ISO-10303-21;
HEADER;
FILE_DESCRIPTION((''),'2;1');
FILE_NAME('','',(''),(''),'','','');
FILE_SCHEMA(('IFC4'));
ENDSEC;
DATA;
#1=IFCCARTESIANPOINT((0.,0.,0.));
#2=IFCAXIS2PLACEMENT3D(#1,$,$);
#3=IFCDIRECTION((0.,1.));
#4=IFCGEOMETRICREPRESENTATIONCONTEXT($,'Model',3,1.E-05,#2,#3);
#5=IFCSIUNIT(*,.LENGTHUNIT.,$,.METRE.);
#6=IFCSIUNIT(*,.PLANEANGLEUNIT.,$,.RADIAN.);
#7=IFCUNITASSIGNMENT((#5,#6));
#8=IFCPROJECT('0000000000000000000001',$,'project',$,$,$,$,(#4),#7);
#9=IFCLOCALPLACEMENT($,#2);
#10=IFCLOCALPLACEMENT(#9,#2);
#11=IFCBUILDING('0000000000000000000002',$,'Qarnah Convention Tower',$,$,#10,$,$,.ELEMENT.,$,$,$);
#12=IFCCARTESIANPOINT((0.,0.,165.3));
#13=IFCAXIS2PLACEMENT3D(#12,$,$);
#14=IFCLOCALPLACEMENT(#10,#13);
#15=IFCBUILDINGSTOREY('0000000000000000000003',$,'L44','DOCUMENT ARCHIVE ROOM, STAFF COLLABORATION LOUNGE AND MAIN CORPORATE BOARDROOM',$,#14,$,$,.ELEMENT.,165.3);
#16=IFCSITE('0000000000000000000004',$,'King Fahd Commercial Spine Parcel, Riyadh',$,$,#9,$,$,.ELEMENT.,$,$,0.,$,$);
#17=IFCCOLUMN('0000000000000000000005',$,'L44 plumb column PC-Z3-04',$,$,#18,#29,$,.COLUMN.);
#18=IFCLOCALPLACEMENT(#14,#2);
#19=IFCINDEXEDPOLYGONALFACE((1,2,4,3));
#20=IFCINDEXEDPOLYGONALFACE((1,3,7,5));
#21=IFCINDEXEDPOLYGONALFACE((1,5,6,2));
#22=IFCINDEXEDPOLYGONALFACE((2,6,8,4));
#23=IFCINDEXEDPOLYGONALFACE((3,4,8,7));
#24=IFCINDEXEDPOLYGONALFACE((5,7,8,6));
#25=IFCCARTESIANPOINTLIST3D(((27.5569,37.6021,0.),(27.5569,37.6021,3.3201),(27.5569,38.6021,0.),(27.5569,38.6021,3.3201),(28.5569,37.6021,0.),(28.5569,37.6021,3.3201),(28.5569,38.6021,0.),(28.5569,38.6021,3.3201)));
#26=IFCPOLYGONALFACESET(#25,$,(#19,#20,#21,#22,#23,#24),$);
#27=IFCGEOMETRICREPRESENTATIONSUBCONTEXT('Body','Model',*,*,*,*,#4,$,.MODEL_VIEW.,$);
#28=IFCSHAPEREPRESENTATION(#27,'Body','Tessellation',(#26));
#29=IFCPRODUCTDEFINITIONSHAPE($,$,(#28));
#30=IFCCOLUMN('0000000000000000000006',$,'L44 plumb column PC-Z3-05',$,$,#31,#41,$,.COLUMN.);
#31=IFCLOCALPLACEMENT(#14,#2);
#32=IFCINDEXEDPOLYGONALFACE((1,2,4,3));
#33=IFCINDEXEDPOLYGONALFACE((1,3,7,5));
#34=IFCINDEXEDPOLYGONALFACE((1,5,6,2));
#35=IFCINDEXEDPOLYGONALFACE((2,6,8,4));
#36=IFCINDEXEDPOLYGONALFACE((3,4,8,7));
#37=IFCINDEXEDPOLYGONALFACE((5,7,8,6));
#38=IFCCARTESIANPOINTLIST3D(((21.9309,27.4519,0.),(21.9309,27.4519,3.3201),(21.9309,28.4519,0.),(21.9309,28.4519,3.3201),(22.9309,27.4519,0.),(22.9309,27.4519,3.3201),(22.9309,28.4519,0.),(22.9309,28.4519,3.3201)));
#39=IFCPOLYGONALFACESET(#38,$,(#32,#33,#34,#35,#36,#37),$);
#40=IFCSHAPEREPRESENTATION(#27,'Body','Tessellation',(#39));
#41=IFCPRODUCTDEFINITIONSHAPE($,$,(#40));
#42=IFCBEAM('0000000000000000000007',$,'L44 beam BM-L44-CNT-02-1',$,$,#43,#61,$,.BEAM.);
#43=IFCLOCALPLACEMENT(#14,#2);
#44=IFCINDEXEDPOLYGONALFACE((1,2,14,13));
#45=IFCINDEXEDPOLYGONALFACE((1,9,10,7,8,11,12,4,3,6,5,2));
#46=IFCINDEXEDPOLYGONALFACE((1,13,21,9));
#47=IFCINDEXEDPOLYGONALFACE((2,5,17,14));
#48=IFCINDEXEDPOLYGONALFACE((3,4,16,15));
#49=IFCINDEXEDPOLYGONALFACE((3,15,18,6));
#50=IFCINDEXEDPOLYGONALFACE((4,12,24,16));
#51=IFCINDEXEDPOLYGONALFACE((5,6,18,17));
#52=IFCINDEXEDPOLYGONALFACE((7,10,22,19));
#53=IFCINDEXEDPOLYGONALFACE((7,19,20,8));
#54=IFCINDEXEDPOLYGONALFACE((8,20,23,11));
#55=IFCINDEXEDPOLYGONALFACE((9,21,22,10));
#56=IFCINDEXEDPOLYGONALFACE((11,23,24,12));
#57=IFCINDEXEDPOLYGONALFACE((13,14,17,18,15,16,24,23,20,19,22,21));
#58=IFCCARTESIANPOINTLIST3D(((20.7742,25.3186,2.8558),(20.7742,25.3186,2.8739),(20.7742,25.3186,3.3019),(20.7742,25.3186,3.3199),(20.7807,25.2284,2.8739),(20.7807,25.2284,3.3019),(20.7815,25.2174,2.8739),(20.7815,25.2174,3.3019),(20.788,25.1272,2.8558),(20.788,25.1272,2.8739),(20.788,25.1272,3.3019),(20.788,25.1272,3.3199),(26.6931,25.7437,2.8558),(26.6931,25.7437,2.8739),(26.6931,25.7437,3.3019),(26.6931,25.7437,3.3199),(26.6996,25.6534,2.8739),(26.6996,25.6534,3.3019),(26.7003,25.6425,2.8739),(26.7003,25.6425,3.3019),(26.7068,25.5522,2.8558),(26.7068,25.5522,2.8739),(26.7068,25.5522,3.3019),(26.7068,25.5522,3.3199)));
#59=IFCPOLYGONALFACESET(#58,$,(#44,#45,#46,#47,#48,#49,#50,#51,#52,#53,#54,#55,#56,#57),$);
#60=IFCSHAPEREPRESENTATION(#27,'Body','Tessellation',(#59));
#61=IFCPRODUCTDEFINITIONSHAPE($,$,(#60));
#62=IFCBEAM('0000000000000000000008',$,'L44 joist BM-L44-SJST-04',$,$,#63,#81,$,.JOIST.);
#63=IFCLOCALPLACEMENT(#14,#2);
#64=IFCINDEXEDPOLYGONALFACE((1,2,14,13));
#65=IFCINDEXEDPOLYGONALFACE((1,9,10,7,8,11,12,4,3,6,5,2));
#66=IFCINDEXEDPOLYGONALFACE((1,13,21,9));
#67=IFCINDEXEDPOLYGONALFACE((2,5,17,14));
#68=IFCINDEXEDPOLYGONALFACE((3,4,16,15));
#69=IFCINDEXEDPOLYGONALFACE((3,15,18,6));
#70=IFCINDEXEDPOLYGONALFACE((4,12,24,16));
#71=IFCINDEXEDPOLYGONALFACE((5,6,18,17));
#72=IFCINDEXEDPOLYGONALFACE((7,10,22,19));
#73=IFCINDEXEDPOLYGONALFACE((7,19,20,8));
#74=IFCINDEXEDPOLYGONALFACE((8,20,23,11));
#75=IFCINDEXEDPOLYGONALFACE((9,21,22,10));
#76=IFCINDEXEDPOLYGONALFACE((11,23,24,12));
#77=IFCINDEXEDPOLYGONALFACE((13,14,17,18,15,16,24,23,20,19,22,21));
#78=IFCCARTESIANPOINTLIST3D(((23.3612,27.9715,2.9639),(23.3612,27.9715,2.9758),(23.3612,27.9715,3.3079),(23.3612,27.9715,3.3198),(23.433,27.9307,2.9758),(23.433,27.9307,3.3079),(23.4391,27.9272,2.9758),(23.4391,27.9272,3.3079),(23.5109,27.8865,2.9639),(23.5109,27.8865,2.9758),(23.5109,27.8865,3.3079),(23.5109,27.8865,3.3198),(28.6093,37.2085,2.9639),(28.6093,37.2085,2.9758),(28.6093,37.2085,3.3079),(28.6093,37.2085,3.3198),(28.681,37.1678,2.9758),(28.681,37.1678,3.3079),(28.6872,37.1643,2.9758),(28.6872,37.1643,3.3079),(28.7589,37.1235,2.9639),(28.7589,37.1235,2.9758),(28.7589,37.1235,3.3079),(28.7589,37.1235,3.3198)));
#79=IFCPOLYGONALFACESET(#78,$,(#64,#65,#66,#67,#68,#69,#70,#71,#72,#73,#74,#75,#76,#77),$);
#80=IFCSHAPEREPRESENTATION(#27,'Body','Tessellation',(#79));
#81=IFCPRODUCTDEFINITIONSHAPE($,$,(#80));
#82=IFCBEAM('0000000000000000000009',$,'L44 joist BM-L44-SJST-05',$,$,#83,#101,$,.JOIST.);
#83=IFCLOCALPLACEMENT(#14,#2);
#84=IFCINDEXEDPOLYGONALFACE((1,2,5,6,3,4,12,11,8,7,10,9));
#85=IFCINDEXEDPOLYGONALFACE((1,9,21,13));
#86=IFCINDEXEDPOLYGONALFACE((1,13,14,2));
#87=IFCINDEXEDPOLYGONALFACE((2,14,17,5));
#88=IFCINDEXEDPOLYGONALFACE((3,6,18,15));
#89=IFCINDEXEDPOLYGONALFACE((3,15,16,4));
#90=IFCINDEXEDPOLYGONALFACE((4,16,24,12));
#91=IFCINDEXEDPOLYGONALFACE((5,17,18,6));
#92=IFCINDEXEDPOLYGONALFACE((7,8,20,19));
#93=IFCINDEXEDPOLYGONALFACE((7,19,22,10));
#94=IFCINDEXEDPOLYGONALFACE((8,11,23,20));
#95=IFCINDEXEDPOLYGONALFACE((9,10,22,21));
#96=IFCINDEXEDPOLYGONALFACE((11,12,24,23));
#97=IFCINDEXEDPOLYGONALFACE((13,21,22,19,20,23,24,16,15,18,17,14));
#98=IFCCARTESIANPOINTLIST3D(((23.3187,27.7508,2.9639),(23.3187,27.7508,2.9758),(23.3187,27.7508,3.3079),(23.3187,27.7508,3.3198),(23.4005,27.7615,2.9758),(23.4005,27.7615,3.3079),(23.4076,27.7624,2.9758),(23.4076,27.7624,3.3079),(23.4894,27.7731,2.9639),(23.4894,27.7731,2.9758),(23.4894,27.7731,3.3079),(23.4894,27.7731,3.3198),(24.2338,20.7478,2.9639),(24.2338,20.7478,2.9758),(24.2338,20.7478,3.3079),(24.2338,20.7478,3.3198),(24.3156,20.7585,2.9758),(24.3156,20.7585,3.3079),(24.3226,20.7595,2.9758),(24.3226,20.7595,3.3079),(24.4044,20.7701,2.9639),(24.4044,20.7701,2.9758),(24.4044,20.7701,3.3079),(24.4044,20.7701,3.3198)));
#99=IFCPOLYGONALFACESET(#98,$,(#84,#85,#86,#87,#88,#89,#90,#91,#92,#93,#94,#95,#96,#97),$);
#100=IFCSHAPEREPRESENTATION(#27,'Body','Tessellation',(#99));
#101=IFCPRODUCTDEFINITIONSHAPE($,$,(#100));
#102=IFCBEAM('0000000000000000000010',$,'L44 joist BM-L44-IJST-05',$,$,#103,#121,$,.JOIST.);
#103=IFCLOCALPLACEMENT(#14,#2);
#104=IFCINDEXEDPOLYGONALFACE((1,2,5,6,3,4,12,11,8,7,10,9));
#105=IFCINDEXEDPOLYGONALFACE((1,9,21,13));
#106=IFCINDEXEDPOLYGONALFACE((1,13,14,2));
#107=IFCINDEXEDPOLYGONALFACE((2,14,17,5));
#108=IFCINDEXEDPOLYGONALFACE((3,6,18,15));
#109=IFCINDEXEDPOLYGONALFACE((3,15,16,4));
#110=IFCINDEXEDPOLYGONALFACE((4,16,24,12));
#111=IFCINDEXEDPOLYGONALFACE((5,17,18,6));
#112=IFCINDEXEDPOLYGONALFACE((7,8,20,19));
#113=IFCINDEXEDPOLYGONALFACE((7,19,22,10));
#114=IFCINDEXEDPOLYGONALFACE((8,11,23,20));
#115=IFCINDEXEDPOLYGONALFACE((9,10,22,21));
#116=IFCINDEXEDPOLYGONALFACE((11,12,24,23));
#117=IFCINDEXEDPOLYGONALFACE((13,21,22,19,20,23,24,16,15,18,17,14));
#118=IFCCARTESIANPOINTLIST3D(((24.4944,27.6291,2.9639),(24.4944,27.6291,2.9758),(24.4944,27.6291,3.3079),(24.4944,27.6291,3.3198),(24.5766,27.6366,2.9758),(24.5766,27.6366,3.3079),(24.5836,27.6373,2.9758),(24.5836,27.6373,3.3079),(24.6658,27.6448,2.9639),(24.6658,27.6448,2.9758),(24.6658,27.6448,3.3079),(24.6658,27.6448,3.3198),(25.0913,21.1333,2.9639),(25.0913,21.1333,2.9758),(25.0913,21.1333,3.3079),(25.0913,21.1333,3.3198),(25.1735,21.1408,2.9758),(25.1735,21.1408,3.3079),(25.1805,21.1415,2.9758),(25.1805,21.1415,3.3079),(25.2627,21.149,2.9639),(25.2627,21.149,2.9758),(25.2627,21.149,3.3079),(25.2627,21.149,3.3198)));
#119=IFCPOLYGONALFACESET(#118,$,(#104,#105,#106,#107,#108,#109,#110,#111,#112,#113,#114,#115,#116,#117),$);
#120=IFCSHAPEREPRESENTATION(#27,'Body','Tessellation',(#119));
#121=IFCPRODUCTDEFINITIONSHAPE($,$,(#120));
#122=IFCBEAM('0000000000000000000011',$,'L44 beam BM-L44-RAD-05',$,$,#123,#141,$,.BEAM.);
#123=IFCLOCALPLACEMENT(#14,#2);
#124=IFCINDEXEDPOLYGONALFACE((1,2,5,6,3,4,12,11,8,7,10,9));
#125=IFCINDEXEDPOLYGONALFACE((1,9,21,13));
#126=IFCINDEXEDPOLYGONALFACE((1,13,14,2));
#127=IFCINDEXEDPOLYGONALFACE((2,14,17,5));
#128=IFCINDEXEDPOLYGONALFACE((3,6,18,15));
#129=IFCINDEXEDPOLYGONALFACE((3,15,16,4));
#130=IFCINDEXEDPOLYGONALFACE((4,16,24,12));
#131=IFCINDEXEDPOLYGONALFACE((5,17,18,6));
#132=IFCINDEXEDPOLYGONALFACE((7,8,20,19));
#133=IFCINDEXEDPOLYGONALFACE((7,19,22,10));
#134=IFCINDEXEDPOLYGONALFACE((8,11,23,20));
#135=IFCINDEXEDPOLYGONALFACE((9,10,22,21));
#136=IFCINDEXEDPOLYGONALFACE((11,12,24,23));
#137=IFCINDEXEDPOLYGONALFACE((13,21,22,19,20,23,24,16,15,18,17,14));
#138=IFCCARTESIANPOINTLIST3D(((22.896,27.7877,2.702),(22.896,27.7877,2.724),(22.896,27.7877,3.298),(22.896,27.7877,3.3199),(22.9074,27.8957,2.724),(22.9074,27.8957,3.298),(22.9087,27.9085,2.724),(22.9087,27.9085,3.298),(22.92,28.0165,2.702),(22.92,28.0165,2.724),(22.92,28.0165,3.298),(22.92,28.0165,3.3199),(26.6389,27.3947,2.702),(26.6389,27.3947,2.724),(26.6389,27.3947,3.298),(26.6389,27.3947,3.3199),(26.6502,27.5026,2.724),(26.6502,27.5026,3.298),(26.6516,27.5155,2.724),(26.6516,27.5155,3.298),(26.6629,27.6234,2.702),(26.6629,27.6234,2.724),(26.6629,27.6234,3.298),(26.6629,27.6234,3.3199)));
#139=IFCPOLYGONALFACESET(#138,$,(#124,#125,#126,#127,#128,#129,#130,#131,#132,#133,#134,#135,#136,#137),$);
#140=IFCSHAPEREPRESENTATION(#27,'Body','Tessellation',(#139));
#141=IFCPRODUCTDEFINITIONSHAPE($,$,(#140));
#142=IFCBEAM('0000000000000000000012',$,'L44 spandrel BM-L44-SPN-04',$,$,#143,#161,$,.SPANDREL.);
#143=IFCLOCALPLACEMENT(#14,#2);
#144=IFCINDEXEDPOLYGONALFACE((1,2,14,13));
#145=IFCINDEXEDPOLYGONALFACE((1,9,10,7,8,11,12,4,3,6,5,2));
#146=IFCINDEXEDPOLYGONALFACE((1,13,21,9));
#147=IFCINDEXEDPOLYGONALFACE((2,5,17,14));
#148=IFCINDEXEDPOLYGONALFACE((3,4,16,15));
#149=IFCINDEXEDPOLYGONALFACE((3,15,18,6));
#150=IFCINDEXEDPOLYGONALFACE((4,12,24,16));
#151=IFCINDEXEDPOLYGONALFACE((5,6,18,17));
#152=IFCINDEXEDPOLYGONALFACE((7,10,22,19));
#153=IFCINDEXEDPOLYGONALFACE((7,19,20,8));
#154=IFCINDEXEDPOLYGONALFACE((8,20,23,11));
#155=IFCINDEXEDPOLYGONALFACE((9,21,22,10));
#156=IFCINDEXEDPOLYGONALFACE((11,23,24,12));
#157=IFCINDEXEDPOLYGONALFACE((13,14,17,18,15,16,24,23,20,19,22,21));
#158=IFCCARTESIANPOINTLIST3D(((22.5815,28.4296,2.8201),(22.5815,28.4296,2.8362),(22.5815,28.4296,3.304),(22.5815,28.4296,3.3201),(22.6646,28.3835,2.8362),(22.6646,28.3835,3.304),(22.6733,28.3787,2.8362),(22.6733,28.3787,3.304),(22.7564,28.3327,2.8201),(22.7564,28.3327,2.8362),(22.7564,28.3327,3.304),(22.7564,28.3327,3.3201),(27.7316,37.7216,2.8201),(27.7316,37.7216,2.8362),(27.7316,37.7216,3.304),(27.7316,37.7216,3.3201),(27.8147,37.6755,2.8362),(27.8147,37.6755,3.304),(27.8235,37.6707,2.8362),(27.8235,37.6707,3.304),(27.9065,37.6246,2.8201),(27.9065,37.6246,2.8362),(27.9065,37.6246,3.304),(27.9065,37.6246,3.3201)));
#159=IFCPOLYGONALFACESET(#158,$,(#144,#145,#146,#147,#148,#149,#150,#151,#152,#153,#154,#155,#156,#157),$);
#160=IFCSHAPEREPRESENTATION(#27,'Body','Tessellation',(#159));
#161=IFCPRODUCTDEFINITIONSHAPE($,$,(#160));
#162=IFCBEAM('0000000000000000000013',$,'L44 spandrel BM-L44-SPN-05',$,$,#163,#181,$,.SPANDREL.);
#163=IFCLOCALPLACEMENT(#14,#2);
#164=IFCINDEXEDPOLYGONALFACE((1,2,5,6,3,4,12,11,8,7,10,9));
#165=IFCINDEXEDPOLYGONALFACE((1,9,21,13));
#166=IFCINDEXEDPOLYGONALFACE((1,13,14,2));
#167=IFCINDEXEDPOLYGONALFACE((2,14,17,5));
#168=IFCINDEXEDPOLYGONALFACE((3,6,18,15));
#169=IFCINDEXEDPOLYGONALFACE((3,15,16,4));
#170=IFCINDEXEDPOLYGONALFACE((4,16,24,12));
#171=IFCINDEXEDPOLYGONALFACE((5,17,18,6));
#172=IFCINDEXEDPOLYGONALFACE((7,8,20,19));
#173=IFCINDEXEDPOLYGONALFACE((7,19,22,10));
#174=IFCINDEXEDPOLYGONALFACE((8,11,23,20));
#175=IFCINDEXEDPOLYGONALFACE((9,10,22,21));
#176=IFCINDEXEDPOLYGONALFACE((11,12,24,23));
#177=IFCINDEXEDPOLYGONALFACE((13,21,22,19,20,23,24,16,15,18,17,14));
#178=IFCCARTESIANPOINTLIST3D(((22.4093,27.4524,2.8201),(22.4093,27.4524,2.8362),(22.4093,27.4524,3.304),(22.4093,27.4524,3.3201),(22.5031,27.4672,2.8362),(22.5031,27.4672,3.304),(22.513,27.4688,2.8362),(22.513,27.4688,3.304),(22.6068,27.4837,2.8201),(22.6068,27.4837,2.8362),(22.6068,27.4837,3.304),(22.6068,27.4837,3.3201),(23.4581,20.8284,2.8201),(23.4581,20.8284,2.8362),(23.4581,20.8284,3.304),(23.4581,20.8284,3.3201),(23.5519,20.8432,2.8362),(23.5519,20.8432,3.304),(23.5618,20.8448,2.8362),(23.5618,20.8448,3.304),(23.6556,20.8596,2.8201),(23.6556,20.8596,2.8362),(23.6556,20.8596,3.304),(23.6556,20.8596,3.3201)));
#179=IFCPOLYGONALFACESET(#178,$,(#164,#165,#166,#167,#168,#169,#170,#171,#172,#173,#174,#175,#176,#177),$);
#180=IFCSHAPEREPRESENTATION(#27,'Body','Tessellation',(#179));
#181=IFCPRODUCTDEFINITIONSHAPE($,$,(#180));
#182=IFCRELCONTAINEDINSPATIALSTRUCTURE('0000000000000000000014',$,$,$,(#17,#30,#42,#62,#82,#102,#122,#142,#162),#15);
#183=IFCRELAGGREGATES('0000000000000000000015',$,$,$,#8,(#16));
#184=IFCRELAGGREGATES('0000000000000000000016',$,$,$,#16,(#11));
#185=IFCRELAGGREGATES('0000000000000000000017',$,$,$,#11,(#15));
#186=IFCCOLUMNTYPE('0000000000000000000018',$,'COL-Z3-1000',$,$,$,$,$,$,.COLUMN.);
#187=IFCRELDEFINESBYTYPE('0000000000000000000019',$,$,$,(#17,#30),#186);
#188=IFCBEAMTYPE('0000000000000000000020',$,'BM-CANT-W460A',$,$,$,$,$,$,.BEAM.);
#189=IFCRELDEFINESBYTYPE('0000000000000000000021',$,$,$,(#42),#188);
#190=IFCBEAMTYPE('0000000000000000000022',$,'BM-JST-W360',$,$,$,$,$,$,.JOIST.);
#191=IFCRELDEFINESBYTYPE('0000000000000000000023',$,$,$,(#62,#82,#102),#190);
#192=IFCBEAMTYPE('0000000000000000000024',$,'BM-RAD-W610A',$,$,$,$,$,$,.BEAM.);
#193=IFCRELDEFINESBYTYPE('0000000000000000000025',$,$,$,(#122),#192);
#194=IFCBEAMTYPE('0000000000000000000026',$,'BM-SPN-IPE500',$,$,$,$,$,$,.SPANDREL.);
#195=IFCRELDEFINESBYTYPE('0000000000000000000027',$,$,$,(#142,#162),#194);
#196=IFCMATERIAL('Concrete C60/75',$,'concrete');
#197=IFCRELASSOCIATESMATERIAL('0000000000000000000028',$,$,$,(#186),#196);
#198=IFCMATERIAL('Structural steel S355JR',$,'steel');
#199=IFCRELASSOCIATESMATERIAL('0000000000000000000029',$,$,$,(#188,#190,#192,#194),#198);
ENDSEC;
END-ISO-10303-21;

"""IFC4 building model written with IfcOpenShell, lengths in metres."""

from ifc_helpers import new_model, si_unit, direction, frame, origin, origin_2d, place, context, subcontext, project, spatial, rectangle, i_section, extrude, material, material_profile, profile_set, type_object, element, save


model = new_model("IFC4")

# Units and contexts
model_context = context("Model", 3, precision=1e-05, world=origin(), true_north=direction((0.0, 1.0)))
body_context = subcontext(model_context, "Body", "Model", "MODEL_VIEW")
ifc_project = project(units=[si_unit("LENGTHUNIT", "METRE"), si_unit("PLANEANGLEUNIT", "RADIAN")], contexts=[model_context])

# Site, building, storey
site_placement = place(None, origin())
site = spatial("IfcSite", under=ifc_project, at=site_placement, Name="King Fahd Commercial Spine Parcel, Riyadh", CompositionType="ELEMENT", RefElevation=0.0)
building_placement = place(site_placement, origin())
building = spatial("IfcBuilding", under=site, at=building_placement, Name="Qarnah Convention Tower", CompositionType="ELEMENT")
storey_placement = place(building_placement, frame((0.0, 0.0, 165.3)))
storey = spatial("IfcBuildingStorey", under=building, at=storey_placement, Name="L44", Description="DOCUMENT ARCHIVE ROOM, STAFF COLLABORATION LOUNGE AND MAIN CORPORATE BOARDROOM", CompositionType="ELEMENT", Elevation=165.3)

# Columns
ifc_material_1 = material(Name="Concrete C60/75", Category="concrete")
ifc_material_profile_1 = material_profile(ifc_material_1, rectangle(XDim=1.0, YDim=1.0, at=origin_2d()), Name="RC-COL-1000X1000")
ifc_profile_set_1 = profile_set([ifc_material_profile_1], Name="Concrete C60/75")
column_type = type_object("IfcColumnType", Name="COL-Z3-1000", PredefinedType="COLUMN", material=ifc_profile_set_1)
for number, where, z_axis, x_axis, name in (
    (1, (28.0569, 38.1021, 0.0), (0.0, 0.0, 1.0), (1.0, 0.0, 0.0), "L44 plumb column PC-Z3-04"),
    (2, (22.4309, 27.9519, 0.0), (0.0, 0.0, 1.0), (1.0, 0.0, 0.0), "L44 plumb column PC-Z3-05"),
):
    element("IfcColumn", number, at=place(storey_placement, frame(where, z_axis=z_axis, x_axis=x_axis)), inside=storey, type_object=column_type, Name=name, PredefinedType="COLUMN", context=body_context, shape_type="SweptSolid", body=[
        extrude(rectangle(XDim=1.0, YDim=1.0, at=origin_2d()), origin(), (0.0, 0.0, 1.0), 3.3201),
    ])

# Beams
ifc_material_2 = material(Name="Structural steel S355JR", Category="steel")
ifc_material_profile_2 = material_profile(ifc_material_2, i_section(OverallWidth=0.1919, OverallDepth=0.4641, WebThickness=0.011, FlangeThickness=0.0181, at=origin_2d()), Name="W460X89")
ifc_profile_set_2 = profile_set([ifc_material_profile_2], Name="Structural steel S355JR")
beam_type_1 = type_object("IfcBeamType", Name="BM-CANT-W460A", PredefinedType="BEAM", material=ifc_profile_set_2)
beam_1_placement = place(storey_placement, frame((26.7, 25.6479, 3.0879), z_axis=(-0.997431, -0.071627, 0.0), x_axis=(0.071627, -0.997431, 0.0)))
element("IfcBeam", 3, at=beam_1_placement, inside=storey, type_object=beam_type_1, Name="L44 beam BM-L44-CNT-02-1", PredefinedType="BEAM", context=body_context, shape_type="SweptSolid", body=[
    extrude(i_section(OverallWidth=0.1919, OverallDepth=0.4641, WebThickness=0.011, FlangeThickness=0.0181, at=origin_2d()), origin(), (0.0, 0.0, 1.0), 5.9341),
])
ifc_material_profile_3 = material_profile(ifc_material_2, i_section(OverallWidth=0.1721, OverallDepth=0.356, WebThickness=0.0071, FlangeThickness=0.012, at=origin_2d()), Name="W360X51")
ifc_profile_set_3 = profile_set([ifc_material_profile_3], Name="Structural steel S355JR")
beam_type_2 = type_object("IfcBeamType", Name="BM-JST-W360", PredefinedType="JOIST", material=ifc_profile_set_3)
beam_2_placement = place(storey_placement, frame((28.6841, 37.166, 3.1418), z_axis=(-0.493989, -0.869468, 0.0), x_axis=(0.869468, -0.493989, 0.0)))
element("IfcBeam", 4, at=beam_2_placement, inside=storey, type_object=beam_type_2, Name="L44 joist BM-L44-SJST-04", PredefinedType="JOIST", context=body_context, shape_type="SweptSolid", body=[
    extrude(i_section(OverallWidth=0.1721, OverallDepth=0.356, WebThickness=0.0071, FlangeThickness=0.012, at=origin_2d()), origin(), (0.0, 0.0, 1.0), 10.6238),
])
beam_3_placement = place(storey_placement, frame((23.4041, 27.762, 3.1418), z_axis=(0.129564, -0.991571, 0.0), x_axis=(0.991571, 0.129564, 0.0)))
element("IfcBeam", 5, at=beam_3_placement, inside=storey, type_object=beam_type_2, Name="L44 joist BM-L44-SJST-05", PredefinedType="JOIST", context=body_context, shape_type="SweptSolid", body=[
    extrude(i_section(OverallWidth=0.1721, OverallDepth=0.356, WebThickness=0.0071, FlangeThickness=0.012, at=origin_2d()), origin(), (0.0, 0.0, 1.0), 7.0625),
])
beam_4_placement = place(storey_placement, frame((24.5801, 27.637, 3.1418), z_axis=(0.091508, -0.995804, 0.0), x_axis=(0.995804, 0.091508, 0.0)))
element("IfcBeam", 6, at=beam_4_placement, inside=storey, type_object=beam_type_2, Name="L44 joist BM-L44-IJST-05", PredefinedType="JOIST", context=body_context, shape_type="SweptSolid", body=[
    extrude(i_section(OverallWidth=0.1721, OverallDepth=0.356, WebThickness=0.0071, FlangeThickness=0.012, at=origin_2d()), origin(), (0.0, 0.0, 1.0), 6.5232),
])
ifc_material_profile_4 = material_profile(ifc_material_2, i_section(OverallWidth=0.23, OverallDepth=0.6179, WebThickness=0.0129, FlangeThickness=0.022, at=origin_2d()), Name="W610X140")
ifc_profile_set_4 = profile_set([ifc_material_profile_4], Name="Structural steel S355JR")
beam_type_3 = type_object("IfcBeamType", Name="BM-RAD-W610A", PredefinedType="BEAM", material=ifc_profile_set_4)
beam_5_placement = place(storey_placement, frame((26.6509, 27.509, 3.011), z_axis=(-0.994531, 0.104442, 0.0), x_axis=(-0.104442, -0.994531, 0.0)))
element("IfcBeam", 7, at=beam_5_placement, inside=storey, type_object=beam_type_3, Name="L44 beam BM-L44-RAD-05", PredefinedType="BEAM", context=body_context, shape_type="SweptSolid", body=[
    extrude(i_section(OverallWidth=0.23, OverallDepth=0.6179, WebThickness=0.0129, FlangeThickness=0.022, at=origin_2d()), origin(), (0.0, 0.0, 1.0), 3.7634),
])
ifc_material_profile_5 = material_profile(ifc_material_2, i_section(OverallWidth=0.2, OverallDepth=0.5, WebThickness=0.01, FlangeThickness=0.0161, at=origin_2d()), Name="IPE500")
ifc_profile_set_5 = profile_set([ifc_material_profile_5], Name="Structural steel S355JR")
beam_type_4 = type_object("IfcBeamType", Name="BM-SPN-IPE500", PredefinedType="SPANDREL", material=ifc_profile_set_5)
beam_6_placement = place(storey_placement, frame((27.8191, 37.6731, 3.0701), z_axis=(-0.484774, -0.874639, 0.0), x_axis=(0.874639, -0.484774, 0.0)))
element("IfcBeam", 8, at=beam_6_placement, inside=storey, type_object=beam_type_4, Name="L44 spandrel BM-L44-SPN-04", PredefinedType="SPANDREL", context=body_context, shape_type="SweptSolid", body=[
    extrude(i_section(OverallWidth=0.2, OverallDepth=0.5, WebThickness=0.01, FlangeThickness=0.0161, at=origin_2d()), origin(), (0.0, 0.0, 1.0), 10.6238),
])
beam_7_placement = place(storey_placement, frame((22.5081, 27.468, 3.0701), z_axis=(0.156389, -0.987696, 0.0), x_axis=(0.987696, 0.156389, 0.0)))
element("IfcBeam", 9, at=beam_7_placement, inside=storey, type_object=beam_type_4, Name="L44 spandrel BM-L44-SPN-05", PredefinedType="SPANDREL", context=body_context, shape_type="SweptSolid", body=[
    extrude(i_section(OverallWidth=0.2, OverallDepth=0.5, WebThickness=0.01, FlangeThickness=0.0161, at=origin_2d()), origin(), (0.0, 0.0, 1.0), 6.7065),
])

save(model, "model.ifc")
